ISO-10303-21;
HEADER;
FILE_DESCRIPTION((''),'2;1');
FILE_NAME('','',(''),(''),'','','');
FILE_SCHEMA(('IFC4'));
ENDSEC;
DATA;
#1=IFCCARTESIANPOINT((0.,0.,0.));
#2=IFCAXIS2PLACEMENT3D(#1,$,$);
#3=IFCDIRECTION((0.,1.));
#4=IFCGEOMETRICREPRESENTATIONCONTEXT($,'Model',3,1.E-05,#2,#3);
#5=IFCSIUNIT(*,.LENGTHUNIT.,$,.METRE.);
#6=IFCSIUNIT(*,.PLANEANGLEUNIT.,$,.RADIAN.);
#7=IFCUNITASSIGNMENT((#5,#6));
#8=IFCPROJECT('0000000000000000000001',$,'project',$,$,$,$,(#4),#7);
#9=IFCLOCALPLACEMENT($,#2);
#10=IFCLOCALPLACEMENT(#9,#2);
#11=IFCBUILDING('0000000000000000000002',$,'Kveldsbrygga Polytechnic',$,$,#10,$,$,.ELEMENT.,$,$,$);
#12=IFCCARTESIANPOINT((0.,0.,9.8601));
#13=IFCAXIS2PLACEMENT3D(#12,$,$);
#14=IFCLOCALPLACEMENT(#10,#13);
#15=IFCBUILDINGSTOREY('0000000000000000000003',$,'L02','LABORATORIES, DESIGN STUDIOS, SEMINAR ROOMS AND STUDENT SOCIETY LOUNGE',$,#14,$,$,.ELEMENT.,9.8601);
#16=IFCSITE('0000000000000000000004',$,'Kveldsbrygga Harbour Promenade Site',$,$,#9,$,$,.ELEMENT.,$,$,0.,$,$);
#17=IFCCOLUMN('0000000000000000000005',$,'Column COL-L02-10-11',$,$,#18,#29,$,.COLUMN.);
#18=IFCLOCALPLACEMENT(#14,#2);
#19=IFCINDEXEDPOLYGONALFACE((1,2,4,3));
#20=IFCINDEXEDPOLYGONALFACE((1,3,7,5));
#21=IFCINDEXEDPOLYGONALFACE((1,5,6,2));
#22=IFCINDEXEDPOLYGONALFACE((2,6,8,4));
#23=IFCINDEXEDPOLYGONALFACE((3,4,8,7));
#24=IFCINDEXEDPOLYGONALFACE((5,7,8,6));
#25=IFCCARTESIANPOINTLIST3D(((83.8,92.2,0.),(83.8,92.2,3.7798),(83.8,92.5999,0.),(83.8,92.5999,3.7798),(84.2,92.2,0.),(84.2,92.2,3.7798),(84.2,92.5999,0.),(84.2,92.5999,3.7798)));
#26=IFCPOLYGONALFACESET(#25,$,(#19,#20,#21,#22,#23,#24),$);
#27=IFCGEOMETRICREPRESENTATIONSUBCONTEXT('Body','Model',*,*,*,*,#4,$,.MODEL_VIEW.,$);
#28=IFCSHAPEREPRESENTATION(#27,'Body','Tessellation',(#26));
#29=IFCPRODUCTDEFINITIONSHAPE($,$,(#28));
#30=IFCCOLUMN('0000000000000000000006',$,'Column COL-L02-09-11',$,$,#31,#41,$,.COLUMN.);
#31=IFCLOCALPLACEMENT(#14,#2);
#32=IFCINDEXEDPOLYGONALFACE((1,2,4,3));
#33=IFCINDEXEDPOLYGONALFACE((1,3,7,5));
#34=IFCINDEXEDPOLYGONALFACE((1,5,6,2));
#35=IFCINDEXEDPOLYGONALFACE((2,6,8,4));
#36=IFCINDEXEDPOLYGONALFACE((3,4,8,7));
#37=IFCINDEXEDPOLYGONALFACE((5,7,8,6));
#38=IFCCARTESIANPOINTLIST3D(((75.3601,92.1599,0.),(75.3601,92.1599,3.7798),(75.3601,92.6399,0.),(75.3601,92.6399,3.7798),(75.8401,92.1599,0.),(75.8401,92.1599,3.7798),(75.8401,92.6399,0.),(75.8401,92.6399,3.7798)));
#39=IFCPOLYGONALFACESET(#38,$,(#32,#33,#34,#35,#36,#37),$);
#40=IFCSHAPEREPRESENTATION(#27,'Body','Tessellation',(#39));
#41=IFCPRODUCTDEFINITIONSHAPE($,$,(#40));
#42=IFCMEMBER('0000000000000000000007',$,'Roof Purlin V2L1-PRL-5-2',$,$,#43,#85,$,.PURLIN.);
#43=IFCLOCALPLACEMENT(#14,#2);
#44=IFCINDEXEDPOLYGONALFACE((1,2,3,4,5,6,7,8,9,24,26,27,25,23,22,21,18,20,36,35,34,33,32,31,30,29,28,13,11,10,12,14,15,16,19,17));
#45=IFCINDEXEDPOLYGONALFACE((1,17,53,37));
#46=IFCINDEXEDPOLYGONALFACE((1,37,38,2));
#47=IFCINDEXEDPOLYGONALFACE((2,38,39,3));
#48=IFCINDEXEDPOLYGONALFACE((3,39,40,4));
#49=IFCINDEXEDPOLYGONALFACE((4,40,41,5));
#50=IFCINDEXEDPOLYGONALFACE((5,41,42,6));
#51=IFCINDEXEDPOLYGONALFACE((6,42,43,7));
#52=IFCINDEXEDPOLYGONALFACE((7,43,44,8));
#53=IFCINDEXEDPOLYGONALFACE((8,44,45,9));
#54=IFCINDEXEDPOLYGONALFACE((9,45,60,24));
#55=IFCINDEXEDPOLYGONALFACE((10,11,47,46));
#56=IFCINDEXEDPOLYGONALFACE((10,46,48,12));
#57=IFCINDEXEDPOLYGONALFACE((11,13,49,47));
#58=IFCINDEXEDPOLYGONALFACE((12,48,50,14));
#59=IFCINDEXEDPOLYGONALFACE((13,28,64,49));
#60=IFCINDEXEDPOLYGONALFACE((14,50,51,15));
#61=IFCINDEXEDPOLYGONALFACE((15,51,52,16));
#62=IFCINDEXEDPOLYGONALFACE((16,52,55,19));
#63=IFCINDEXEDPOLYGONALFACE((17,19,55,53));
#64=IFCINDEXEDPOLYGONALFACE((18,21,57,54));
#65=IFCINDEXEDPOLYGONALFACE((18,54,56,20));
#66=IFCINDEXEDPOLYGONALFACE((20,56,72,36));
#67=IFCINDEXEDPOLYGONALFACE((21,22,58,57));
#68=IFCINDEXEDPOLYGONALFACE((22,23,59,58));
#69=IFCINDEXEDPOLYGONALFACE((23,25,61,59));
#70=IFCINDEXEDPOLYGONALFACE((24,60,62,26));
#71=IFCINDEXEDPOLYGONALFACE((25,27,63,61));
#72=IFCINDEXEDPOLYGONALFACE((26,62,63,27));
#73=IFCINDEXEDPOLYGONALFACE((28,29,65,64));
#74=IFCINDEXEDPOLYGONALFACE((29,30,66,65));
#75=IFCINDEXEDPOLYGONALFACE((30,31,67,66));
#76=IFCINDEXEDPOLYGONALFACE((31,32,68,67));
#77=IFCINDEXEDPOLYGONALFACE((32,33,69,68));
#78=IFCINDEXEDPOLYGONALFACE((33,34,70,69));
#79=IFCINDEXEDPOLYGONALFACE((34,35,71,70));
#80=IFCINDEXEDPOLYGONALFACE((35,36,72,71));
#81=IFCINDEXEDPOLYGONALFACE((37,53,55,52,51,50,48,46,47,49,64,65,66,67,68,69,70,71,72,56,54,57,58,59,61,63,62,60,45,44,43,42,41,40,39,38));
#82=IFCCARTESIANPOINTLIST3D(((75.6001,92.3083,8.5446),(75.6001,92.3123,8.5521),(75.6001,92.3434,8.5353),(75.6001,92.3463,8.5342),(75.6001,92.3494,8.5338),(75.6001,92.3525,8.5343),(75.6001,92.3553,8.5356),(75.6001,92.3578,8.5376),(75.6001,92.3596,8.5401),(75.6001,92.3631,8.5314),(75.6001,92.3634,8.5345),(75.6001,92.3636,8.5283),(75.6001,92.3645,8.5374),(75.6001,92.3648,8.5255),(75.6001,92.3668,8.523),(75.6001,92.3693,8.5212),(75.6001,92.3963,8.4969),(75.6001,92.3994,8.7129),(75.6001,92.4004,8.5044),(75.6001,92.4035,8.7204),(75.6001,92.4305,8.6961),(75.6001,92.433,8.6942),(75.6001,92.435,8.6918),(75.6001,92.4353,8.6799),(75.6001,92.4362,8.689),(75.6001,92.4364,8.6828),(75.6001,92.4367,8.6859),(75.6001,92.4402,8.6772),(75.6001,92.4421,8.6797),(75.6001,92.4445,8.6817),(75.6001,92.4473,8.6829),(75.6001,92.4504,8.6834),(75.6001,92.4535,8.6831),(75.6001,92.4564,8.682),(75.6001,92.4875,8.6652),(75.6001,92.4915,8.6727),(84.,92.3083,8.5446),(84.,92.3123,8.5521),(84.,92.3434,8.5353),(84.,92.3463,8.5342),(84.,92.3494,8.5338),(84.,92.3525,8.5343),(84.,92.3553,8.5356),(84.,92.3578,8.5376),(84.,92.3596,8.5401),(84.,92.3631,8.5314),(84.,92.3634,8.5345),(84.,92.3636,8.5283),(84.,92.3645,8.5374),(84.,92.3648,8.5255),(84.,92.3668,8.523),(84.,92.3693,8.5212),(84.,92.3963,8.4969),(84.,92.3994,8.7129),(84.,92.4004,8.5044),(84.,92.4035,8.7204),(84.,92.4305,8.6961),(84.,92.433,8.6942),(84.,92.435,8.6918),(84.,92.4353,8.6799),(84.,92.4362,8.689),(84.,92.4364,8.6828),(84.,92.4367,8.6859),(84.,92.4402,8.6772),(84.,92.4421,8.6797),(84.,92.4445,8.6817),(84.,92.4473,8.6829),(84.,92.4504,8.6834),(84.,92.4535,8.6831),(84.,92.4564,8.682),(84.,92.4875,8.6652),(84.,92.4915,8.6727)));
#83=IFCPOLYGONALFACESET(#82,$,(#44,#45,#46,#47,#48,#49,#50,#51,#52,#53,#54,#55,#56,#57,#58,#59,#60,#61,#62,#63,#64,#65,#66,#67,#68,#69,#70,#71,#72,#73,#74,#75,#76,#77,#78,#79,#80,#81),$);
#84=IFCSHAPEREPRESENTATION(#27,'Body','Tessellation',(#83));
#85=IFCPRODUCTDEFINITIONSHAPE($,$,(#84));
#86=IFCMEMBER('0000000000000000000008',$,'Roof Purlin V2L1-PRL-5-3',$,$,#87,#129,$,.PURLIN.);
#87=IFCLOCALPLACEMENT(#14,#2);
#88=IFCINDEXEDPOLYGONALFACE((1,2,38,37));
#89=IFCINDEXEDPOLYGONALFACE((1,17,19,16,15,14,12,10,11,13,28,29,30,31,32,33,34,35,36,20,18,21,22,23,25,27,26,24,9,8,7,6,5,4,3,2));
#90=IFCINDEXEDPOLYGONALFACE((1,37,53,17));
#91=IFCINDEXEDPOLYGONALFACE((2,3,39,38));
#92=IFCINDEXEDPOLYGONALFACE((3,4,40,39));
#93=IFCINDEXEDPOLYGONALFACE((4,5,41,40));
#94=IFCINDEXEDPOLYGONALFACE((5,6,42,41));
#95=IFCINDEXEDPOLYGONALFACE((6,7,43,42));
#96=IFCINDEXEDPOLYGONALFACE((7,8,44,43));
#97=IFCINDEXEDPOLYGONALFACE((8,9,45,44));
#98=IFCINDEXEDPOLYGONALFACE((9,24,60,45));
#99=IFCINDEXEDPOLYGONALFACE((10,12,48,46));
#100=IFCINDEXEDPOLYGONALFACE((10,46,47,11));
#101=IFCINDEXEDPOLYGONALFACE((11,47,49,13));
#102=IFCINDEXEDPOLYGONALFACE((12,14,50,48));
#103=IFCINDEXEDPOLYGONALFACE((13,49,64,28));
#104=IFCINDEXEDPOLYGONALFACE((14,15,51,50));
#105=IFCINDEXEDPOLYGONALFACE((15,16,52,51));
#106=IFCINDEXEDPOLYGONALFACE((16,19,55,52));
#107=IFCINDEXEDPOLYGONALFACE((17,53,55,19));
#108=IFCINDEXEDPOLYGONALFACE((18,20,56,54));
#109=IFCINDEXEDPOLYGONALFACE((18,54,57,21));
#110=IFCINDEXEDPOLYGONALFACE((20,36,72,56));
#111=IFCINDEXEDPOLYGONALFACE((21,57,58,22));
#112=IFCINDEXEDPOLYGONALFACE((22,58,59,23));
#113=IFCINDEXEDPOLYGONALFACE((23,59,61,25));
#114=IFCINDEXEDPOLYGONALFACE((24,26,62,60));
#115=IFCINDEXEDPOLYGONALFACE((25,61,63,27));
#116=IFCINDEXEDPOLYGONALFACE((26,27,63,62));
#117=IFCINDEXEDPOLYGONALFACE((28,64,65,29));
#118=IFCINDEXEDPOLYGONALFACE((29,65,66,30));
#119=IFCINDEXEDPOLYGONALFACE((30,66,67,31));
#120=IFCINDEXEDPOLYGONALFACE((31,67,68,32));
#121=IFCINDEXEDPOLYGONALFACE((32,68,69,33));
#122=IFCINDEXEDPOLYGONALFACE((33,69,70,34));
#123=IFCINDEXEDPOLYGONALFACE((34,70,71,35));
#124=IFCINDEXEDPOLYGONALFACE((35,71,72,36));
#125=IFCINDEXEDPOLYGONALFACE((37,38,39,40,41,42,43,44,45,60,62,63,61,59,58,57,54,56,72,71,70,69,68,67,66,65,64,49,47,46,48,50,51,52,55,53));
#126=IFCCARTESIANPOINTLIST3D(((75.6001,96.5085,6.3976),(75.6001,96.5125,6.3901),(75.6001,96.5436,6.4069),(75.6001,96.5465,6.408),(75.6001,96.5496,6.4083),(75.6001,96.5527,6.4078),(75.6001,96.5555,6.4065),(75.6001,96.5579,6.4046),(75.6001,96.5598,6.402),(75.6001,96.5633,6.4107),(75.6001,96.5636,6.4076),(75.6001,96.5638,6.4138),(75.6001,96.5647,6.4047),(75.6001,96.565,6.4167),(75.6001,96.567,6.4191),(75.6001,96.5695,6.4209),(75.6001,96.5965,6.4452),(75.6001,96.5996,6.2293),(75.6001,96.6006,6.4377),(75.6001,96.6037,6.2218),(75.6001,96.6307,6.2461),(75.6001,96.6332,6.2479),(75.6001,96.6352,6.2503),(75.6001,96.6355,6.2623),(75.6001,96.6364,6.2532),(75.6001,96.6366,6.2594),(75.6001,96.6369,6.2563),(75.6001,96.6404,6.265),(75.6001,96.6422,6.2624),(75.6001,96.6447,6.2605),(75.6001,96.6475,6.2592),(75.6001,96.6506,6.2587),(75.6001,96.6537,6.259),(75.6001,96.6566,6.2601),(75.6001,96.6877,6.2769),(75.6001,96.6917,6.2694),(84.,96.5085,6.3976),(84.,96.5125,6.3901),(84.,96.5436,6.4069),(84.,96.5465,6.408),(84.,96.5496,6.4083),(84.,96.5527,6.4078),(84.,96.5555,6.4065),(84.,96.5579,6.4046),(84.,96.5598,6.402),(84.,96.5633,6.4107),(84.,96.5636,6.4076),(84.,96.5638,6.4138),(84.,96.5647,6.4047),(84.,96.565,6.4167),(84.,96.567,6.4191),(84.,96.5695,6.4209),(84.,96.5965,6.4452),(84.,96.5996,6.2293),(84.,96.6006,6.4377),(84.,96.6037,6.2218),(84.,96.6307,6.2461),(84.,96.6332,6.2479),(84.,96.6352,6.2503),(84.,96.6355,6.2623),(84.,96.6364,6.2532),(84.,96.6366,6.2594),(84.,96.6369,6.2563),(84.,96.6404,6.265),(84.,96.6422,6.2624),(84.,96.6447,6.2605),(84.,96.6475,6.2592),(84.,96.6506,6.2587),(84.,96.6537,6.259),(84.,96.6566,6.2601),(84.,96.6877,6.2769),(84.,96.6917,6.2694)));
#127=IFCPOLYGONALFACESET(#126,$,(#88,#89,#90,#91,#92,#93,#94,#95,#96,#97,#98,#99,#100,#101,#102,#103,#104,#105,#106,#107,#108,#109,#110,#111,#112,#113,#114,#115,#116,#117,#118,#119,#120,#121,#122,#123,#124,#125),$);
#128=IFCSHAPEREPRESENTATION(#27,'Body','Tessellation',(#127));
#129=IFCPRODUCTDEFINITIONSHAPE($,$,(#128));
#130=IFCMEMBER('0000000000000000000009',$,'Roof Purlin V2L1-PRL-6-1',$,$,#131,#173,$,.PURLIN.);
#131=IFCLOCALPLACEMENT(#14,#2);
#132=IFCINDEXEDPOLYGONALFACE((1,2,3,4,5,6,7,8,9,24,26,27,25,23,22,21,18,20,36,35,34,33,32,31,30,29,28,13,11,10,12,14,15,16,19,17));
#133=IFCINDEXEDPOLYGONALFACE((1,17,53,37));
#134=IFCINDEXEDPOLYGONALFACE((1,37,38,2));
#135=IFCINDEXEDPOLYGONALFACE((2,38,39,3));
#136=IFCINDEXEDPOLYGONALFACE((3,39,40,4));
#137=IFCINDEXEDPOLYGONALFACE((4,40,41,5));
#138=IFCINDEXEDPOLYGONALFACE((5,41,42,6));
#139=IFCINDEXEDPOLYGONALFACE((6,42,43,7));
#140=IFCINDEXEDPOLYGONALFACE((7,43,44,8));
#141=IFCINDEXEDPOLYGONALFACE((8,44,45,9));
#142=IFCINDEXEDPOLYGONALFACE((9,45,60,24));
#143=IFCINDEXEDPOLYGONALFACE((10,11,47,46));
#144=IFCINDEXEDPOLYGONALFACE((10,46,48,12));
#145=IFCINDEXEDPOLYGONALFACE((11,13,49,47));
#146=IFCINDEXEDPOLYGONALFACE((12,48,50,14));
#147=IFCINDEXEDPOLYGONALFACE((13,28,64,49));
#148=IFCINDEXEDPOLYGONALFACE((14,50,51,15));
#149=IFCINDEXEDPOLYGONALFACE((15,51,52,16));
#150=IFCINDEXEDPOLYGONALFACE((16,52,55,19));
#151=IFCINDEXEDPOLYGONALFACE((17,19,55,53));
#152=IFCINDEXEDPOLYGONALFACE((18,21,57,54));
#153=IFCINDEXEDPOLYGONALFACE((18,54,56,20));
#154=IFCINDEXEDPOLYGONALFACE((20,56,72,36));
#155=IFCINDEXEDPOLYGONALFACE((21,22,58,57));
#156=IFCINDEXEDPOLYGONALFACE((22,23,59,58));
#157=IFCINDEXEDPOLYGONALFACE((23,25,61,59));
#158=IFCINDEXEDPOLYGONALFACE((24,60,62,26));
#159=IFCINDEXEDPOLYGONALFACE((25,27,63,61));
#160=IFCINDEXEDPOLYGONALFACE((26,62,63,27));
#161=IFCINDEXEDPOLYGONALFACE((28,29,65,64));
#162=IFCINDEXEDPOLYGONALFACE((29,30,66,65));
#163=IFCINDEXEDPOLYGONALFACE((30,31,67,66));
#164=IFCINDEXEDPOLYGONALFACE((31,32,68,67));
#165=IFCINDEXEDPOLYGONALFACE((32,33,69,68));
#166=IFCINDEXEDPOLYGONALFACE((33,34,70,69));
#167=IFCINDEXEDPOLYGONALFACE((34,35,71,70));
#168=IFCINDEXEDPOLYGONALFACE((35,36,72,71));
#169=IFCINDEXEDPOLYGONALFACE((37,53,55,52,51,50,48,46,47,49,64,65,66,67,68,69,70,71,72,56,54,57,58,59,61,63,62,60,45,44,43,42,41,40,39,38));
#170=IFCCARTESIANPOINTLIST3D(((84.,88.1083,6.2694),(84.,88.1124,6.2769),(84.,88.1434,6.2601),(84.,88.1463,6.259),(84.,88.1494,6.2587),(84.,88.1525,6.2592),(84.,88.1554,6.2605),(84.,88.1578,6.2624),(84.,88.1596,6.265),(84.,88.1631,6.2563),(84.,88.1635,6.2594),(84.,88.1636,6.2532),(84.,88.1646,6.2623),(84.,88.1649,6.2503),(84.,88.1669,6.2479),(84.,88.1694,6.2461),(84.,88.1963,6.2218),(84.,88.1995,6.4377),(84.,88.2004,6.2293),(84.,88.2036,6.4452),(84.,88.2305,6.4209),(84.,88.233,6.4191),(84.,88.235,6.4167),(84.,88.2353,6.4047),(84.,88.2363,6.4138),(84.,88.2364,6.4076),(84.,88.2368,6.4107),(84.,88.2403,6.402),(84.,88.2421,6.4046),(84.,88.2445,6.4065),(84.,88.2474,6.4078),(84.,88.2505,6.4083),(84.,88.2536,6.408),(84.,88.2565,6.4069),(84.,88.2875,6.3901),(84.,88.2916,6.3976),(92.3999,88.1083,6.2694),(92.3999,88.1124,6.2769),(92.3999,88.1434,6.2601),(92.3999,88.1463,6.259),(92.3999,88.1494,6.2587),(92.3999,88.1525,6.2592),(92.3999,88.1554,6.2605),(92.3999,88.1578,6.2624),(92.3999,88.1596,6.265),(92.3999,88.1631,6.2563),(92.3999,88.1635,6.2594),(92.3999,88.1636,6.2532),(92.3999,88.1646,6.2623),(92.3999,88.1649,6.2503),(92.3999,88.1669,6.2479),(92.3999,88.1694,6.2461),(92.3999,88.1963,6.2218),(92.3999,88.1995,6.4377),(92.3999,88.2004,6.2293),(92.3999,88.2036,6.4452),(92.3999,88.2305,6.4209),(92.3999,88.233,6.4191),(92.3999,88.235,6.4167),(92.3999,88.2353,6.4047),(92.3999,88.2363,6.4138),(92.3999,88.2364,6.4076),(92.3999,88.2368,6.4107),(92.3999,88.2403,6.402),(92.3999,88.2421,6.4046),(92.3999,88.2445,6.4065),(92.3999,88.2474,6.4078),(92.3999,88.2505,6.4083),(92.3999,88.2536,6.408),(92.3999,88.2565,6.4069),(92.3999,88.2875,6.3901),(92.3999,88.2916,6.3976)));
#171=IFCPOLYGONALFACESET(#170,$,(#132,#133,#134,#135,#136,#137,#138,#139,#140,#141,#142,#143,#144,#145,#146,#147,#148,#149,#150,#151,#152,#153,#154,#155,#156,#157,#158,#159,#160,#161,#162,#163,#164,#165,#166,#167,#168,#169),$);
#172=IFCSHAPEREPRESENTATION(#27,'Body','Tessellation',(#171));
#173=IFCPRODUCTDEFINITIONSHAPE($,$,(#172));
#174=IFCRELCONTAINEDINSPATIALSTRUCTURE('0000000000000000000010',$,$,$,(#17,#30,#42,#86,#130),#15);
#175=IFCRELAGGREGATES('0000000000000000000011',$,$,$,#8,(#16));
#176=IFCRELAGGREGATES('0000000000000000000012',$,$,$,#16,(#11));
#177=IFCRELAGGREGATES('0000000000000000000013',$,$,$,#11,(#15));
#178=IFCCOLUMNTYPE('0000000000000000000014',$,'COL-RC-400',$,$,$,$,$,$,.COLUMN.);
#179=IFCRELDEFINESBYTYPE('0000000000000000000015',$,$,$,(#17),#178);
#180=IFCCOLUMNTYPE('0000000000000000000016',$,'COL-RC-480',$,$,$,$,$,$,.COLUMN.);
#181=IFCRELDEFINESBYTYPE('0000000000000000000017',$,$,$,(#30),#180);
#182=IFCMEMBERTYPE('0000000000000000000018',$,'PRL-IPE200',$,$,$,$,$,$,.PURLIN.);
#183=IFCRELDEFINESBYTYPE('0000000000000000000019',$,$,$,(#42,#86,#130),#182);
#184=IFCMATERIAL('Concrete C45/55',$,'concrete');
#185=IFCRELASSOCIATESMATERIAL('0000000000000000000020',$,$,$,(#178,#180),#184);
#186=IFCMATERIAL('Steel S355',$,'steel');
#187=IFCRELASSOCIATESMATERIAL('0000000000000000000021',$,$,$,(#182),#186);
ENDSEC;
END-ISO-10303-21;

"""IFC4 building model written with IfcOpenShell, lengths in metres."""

from ifc_helpers import new_model, si_unit, direction, frame, origin, origin_2d, place, context, subcontext, project, spatial, rectangle, i_section, extrude, material, material_profile, profile_set, type_object, element, save


model = new_model("IFC4")

# Units and contexts
model_context = context("Model", 3, precision=1e-05, world=origin(), true_north=direction((0.0, 1.0)))
body_context = subcontext(model_context, "Body", "Model", "MODEL_VIEW")
ifc_project = project(units=[si_unit("LENGTHUNIT", "METRE"), si_unit("PLANEANGLEUNIT", "RADIAN")], contexts=[model_context])

# Site, building, storey
site_placement = place(None, origin())
site = spatial("IfcSite", under=ifc_project, at=site_placement, Name="Kveldsbrygga Harbour Promenade Site", CompositionType="ELEMENT", RefElevation=0.0)
building_placement = place(site_placement, origin())
building = spatial("IfcBuilding", under=site, at=building_placement, Name="Kveldsbrygga Polytechnic", CompositionType="ELEMENT")
storey_placement = place(building_placement, frame((0.0, 0.0, 9.8601)))
storey = spatial("IfcBuildingStorey", under=building, at=storey_placement, Name="L02", Description="LABORATORIES, DESIGN STUDIOS, SEMINAR ROOMS AND STUDENT SOCIETY LOUNGE", CompositionType="ELEMENT", Elevation=9.8601)

# Columns
ifc_material_1 = material(Name="Concrete C45/55", Category="concrete")
ifc_material_profile_1 = material_profile(ifc_material_1, rectangle(XDim=0.3999, YDim=0.3999, at=origin_2d()), Name="RC 400x400")
ifc_profile_set_1 = profile_set([ifc_material_profile_1], Name="Concrete C45/55")
column_type_1 = type_object("IfcColumnType", Name="COL-RC-400", PredefinedType="COLUMN", material=ifc_profile_set_1)
column_1_placement = place(storey_placement, frame((84.0, 92.3999, 0.0), z_axis=(0.0, 0.0, 1.0), x_axis=(1.0, 0.0, 0.0)))
element("IfcColumn", 1, at=column_1_placement, inside=storey, type_object=column_type_1, Name="Column COL-L02-10-11", PredefinedType="COLUMN", context=body_context, shape_type="SweptSolid", body=[
    extrude(rectangle(XDim=0.3999, YDim=0.3999, at=origin_2d()), origin(), (0.0, 0.0, 1.0), 3.7798),
])
ifc_material_profile_2 = material_profile(ifc_material_1, rectangle(XDim=0.48, YDim=0.48, at=origin_2d()), Name="RC 480x480")
ifc_profile_set_2 = profile_set([ifc_material_profile_2], Name="Concrete C45/55")
column_type_2 = type_object("IfcColumnType", Name="COL-RC-480", PredefinedType="COLUMN", material=ifc_profile_set_2)
column_2_placement = place(storey_placement, frame((75.6001, 92.3999, 0.0), z_axis=(0.0, 0.0, 1.0), x_axis=(1.0, 0.0, 0.0)))
element("IfcColumn", 2, at=column_2_placement, inside=storey, type_object=column_type_2, Name="Column COL-L02-09-11", PredefinedType="COLUMN", context=body_context, shape_type="SweptSolid", body=[
    extrude(rectangle(XDim=0.48, YDim=0.48, at=origin_2d()), origin(), (0.0, 0.0, 1.0), 3.7798),
])

# Members
ifc_material_2 = material(Name="Steel S355", Category="steel")
ifc_material_profile_3 = material_profile(ifc_material_2, i_section(OverallWidth=0.1001, OverallDepth=0.2, WebThickness=0.0056, FlangeThickness=0.0085, FilletRadius=0.012, at=origin_2d()), Name="IPE 200")
ifc_profile_set_3 = profile_set([ifc_material_profile_3], Name="Steel S355")
member_type_1 = type_object("IfcMemberType", Name="PRL-IPE200", PredefinedType="PURLIN", material=ifc_profile_set_3)
for number, where, z_axis, x_axis, name in (
    (3, (75.6001, 92.3999, 8.6086), (1.0, 0.0, 0.0), (0.0, 0.879292, -0.476283), "Roof Purlin V2L1-PRL-5-2"),
    (4, (75.6001, 96.6001, 6.3335), (1.0, 0.0, 0.0), (0.0, 0.879292, 0.476283), "Roof Purlin V2L1-PRL-5-3"),
    (5, (84.0, 88.2, 6.3335), (1.0, 0.0, 0.0), (0.0, 0.879292, -0.476283), "Roof Purlin V2L1-PRL-6-1"),
):
    element("IfcMember", number, at=place(storey_placement, frame(where, z_axis=z_axis, x_axis=x_axis)), inside=storey, type_object=member_type_1, Name=name, PredefinedType="PURLIN", context=body_context, shape_type="SweptSolid", body=[
        extrude(i_section(OverallWidth=0.1001, OverallDepth=0.2, WebThickness=0.0056, FlangeThickness=0.0085, FilletRadius=0.012, at=origin_2d()), origin(), (0.0, 0.0, 1.0), 8.3999),
    ])

save(model, "model.ifc")
